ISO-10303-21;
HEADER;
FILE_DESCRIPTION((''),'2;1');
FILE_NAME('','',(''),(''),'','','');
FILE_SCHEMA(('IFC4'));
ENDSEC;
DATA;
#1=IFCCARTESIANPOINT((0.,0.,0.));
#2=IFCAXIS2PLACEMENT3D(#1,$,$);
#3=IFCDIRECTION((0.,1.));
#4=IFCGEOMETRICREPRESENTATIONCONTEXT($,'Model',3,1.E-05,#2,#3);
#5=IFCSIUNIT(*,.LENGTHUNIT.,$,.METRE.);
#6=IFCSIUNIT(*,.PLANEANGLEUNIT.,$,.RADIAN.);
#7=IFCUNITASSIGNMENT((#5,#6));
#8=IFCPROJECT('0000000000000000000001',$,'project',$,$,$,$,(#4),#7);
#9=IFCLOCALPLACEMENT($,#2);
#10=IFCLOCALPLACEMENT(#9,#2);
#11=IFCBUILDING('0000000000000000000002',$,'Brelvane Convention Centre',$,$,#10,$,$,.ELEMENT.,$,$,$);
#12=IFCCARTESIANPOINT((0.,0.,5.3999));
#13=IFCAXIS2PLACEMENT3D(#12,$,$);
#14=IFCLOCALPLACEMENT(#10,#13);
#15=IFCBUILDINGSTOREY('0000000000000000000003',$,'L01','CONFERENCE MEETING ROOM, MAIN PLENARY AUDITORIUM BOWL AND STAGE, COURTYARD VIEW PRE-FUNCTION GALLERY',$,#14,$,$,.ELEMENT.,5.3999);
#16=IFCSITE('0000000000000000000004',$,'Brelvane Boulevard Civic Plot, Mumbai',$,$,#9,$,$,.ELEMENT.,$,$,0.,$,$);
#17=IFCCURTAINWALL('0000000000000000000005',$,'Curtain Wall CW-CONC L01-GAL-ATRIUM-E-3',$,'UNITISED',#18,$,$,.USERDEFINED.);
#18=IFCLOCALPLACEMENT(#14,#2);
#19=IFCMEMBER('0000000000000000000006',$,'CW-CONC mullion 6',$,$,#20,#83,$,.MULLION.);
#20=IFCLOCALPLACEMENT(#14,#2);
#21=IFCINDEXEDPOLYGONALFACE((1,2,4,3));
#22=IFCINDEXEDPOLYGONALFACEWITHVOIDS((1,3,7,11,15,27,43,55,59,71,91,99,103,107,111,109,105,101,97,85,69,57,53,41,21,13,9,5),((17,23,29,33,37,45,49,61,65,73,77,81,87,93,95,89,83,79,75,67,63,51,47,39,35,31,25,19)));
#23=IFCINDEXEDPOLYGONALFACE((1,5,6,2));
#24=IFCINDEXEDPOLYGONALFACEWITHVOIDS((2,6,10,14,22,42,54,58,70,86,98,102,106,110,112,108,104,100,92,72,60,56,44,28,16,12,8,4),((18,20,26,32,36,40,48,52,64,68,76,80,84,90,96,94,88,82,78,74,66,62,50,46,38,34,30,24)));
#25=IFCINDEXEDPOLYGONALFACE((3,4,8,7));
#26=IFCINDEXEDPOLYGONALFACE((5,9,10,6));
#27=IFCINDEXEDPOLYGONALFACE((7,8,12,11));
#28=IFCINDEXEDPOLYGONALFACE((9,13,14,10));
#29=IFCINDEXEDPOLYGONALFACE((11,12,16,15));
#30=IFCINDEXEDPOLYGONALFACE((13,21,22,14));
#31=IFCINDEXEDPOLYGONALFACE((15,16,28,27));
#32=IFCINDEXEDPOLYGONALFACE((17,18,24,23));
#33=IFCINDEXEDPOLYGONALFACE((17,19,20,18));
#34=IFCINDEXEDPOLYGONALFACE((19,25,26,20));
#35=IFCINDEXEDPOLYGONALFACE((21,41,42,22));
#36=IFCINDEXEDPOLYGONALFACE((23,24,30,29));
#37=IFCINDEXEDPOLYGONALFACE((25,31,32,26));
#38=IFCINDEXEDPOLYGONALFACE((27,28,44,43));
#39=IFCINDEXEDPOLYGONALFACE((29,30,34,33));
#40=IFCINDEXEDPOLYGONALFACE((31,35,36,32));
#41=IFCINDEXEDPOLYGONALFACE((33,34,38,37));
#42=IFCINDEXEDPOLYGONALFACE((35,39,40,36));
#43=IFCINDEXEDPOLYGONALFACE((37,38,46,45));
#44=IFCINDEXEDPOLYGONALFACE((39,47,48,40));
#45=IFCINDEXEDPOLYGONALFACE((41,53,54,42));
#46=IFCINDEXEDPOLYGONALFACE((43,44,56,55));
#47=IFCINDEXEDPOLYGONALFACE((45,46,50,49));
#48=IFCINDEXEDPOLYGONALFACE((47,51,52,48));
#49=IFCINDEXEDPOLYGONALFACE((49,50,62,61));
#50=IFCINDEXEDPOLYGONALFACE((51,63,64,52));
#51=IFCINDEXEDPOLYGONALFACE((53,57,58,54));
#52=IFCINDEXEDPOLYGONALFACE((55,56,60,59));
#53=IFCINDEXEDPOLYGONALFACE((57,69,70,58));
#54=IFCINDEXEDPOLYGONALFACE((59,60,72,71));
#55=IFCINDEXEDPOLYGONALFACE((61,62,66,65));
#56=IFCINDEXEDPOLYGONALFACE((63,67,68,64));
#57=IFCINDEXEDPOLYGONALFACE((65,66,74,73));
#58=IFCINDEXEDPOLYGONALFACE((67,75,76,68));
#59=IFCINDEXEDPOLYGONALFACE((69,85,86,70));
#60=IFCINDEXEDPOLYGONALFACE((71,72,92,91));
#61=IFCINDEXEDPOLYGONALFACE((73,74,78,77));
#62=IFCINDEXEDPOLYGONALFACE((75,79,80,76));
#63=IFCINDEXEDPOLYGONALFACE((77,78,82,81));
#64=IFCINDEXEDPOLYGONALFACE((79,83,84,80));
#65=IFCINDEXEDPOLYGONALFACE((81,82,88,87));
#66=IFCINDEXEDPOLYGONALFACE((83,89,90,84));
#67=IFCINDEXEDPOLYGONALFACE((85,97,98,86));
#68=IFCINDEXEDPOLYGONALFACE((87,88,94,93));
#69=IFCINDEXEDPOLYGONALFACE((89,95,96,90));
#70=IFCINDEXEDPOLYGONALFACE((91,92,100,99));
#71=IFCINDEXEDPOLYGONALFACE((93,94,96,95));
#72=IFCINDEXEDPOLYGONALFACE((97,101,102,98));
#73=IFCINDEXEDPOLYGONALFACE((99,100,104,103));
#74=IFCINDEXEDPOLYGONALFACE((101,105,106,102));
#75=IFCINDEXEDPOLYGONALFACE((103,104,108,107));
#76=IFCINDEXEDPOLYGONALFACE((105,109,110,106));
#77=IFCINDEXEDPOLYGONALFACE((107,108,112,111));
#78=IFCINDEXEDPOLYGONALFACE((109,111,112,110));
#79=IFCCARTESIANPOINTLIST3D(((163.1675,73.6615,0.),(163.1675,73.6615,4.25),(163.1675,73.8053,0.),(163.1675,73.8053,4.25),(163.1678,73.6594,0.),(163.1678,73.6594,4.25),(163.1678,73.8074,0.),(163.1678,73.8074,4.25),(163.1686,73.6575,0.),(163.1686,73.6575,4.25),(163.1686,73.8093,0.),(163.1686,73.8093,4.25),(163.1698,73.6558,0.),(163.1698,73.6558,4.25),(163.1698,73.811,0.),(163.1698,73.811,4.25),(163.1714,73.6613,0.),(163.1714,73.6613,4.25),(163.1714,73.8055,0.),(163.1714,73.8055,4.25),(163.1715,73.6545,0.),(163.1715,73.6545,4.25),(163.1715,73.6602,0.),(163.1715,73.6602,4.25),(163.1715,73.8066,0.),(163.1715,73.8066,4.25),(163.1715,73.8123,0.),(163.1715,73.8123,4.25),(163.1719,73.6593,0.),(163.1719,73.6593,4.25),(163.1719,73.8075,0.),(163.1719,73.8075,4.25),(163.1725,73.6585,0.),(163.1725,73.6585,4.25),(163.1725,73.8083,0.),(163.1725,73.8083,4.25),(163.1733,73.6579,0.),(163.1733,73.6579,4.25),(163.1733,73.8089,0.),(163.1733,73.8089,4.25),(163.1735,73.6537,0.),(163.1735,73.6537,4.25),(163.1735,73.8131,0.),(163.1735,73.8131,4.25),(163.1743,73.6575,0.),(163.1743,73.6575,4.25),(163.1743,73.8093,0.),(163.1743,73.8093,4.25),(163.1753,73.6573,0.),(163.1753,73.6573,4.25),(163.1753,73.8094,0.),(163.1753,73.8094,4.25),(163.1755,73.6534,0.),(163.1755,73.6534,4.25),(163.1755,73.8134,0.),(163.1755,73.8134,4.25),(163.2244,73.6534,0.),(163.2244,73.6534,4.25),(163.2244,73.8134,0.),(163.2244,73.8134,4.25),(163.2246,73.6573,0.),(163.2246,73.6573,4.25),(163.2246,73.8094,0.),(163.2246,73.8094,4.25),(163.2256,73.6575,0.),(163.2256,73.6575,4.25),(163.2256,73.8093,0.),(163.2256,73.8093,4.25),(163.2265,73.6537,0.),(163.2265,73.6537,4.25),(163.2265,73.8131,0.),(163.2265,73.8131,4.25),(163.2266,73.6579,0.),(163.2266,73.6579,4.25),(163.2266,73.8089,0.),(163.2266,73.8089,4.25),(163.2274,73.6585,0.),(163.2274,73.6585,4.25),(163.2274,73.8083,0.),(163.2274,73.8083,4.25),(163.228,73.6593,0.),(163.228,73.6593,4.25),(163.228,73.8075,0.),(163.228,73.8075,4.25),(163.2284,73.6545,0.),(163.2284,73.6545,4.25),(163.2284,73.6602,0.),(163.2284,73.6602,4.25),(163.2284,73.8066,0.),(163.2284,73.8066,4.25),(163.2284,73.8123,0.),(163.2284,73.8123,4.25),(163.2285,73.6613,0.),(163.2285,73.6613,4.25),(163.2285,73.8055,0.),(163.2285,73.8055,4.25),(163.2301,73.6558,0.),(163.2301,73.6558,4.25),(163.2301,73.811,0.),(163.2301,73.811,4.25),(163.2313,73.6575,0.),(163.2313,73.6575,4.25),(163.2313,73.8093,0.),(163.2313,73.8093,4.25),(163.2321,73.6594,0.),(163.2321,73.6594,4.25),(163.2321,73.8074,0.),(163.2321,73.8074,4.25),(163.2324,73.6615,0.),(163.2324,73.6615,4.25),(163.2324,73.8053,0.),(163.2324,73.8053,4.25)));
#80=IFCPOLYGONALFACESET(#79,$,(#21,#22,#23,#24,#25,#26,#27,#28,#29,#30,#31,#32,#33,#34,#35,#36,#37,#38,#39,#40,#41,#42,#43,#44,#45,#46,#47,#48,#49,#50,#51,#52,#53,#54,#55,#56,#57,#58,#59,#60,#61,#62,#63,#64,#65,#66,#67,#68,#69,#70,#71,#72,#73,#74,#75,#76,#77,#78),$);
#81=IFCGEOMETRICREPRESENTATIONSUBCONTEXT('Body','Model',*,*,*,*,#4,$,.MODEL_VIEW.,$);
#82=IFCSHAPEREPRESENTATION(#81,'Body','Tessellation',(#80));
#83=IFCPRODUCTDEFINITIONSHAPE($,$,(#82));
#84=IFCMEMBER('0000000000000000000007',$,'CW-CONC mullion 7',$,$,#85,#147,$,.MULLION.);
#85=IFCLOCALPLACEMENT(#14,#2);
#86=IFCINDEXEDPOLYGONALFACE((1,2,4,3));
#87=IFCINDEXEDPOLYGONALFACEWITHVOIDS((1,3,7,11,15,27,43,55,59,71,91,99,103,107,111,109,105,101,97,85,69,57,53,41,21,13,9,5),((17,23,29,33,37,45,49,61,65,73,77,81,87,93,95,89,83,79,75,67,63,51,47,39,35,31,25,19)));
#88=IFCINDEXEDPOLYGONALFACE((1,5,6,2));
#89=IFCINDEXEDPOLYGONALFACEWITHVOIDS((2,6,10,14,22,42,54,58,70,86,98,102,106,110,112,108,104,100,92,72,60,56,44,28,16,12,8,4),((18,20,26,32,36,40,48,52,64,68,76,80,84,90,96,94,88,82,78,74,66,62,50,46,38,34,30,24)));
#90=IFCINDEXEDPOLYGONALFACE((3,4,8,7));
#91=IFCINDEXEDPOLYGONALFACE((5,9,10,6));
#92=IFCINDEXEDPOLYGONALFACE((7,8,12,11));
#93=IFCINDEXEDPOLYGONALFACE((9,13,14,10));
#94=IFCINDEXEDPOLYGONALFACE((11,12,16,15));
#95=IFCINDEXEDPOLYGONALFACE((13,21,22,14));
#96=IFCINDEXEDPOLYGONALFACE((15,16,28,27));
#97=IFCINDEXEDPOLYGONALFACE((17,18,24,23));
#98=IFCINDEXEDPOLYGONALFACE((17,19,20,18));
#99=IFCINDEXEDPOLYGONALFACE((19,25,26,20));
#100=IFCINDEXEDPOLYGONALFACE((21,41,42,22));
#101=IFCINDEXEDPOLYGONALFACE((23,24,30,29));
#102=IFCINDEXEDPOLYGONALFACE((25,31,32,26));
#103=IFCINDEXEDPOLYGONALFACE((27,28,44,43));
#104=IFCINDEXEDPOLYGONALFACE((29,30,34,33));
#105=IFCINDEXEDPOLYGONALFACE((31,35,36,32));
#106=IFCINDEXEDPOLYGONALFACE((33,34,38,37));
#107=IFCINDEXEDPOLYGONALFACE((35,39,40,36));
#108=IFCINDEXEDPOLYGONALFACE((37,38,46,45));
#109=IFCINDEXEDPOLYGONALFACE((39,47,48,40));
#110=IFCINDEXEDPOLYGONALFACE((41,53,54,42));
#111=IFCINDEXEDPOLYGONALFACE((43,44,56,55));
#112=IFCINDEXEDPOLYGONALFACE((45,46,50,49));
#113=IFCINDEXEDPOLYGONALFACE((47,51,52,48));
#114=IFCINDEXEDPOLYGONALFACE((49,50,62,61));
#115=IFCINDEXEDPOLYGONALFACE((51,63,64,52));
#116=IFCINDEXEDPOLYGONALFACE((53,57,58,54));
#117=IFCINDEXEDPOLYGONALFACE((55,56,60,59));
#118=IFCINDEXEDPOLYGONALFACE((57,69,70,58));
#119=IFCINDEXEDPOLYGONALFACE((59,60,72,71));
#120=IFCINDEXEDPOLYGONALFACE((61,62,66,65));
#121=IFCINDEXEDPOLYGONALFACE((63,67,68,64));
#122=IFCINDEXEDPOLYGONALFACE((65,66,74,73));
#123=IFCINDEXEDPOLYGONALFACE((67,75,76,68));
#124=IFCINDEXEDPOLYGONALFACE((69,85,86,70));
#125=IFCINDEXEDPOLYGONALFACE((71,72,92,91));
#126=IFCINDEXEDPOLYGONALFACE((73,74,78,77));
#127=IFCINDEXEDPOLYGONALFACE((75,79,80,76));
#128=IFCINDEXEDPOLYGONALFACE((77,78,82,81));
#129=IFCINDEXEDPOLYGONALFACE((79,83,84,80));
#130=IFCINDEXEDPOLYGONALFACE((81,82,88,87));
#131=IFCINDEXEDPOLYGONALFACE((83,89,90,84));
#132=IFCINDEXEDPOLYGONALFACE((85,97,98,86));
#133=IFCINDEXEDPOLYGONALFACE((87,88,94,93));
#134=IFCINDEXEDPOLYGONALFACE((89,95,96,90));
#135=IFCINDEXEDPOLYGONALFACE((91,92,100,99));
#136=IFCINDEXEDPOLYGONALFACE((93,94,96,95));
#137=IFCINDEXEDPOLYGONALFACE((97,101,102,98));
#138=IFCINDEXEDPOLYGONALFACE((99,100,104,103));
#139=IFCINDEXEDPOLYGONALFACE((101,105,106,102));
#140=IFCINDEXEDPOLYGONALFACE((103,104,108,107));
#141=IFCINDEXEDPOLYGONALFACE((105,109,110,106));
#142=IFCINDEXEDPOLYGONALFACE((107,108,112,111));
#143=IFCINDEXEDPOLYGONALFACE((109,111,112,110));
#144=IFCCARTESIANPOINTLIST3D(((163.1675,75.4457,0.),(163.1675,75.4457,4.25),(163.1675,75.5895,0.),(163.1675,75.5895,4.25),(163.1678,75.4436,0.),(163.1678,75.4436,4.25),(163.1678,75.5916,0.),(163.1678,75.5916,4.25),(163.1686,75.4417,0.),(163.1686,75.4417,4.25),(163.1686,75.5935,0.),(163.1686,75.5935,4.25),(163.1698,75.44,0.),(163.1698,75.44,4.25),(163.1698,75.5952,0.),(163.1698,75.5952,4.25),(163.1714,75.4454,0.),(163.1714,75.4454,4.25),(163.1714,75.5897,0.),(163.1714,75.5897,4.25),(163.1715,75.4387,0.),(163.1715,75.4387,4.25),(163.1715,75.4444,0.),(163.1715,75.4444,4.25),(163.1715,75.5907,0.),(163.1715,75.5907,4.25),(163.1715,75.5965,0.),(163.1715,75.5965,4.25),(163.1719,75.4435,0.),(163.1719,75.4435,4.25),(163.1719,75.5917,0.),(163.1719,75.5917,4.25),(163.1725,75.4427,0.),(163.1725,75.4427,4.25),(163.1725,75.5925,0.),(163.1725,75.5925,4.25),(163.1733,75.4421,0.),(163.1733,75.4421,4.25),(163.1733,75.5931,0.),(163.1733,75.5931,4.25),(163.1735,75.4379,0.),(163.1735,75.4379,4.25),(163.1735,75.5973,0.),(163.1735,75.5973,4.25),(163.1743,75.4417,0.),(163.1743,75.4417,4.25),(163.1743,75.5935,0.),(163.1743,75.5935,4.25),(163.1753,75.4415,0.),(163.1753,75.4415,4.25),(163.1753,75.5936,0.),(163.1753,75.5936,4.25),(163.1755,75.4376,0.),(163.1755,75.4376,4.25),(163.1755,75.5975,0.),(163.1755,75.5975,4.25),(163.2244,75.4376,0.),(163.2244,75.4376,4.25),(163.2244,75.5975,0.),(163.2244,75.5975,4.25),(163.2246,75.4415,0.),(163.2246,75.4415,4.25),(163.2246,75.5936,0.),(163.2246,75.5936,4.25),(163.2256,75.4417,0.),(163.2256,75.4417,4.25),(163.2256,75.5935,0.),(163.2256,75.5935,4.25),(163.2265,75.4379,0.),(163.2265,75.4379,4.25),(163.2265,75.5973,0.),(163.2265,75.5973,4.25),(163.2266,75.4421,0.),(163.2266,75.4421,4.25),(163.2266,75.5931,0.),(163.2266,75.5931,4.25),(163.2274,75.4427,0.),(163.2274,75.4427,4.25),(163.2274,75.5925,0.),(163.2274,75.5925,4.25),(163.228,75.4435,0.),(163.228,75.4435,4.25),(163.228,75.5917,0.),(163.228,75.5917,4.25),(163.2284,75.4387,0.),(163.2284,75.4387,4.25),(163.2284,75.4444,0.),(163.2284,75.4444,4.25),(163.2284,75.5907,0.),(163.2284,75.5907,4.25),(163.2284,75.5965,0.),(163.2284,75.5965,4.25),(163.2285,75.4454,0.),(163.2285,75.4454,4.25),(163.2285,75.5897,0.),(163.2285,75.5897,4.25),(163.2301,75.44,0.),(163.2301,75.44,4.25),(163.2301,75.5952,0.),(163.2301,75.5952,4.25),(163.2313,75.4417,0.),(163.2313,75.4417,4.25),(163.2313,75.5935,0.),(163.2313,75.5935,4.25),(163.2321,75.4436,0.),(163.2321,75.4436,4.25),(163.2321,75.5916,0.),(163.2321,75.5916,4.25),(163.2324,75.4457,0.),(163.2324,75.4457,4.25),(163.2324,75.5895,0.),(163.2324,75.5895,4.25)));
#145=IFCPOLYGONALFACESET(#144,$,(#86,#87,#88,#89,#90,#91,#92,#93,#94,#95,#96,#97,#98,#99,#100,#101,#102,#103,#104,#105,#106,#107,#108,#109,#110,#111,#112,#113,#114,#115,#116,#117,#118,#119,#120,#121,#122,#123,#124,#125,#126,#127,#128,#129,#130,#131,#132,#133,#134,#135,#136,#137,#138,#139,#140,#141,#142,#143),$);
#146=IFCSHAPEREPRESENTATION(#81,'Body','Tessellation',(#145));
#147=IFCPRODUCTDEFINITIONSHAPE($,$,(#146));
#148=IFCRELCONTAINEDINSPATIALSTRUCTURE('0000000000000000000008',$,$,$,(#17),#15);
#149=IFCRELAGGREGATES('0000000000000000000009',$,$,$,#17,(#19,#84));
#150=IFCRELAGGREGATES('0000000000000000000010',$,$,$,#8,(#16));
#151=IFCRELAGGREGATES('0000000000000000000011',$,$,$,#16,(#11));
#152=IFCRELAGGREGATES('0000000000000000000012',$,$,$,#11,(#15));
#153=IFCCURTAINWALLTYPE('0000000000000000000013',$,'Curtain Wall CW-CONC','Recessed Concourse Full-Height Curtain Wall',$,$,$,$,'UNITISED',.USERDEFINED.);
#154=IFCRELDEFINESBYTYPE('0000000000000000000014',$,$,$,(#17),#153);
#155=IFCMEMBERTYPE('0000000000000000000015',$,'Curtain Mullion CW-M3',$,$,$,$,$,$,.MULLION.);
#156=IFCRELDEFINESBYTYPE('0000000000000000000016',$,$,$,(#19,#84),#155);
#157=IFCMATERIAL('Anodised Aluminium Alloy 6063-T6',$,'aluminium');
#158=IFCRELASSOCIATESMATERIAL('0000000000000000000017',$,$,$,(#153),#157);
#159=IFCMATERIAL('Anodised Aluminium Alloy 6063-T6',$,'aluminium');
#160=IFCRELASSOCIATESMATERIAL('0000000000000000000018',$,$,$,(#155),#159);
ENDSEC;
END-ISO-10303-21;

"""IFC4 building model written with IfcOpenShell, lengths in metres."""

from ifc_helpers import new_model, si_unit, direction, frame, origin, origin_2d, place, context, subcontext, project, spatial, hollow_rectangle, extrude, material, material_profile, profile_set, type_object, element, aggregate, save


model = new_model("IFC4")

# Units and contexts
model_context = context("Model", 3, precision=1e-05, world=origin(), true_north=direction((0.0, 1.0)))
body_context = subcontext(model_context, "Body", "Model", "MODEL_VIEW")
ifc_project = project(units=[si_unit("LENGTHUNIT", "METRE"), si_unit("PLANEANGLEUNIT", "RADIAN")], contexts=[model_context])

# Site, building, storey
site_placement = place(None, origin())
site = spatial("IfcSite", under=ifc_project, at=site_placement, Name="Brelvane Boulevard Civic Plot, Mumbai", CompositionType="ELEMENT", RefElevation=0.0)
building_placement = place(site_placement, origin())
building = spatial("IfcBuilding", under=site, at=building_placement, Name="Brelvane Convention Centre", CompositionType="ELEMENT")
storey_placement = place(building_placement, frame((0.0, 0.0, 5.3999)))
storey = spatial("IfcBuildingStorey", under=building, at=storey_placement, Name="L01", Description="CONFERENCE MEETING ROOM, MAIN PLENARY AUDITORIUM BOWL AND STAGE, COURTYARD VIEW PRE-FUNCTION GALLERY", CompositionType="ELEMENT", Elevation=5.3999)

# Curtain wall, members
ifc_material_1 = material(Name="Anodised Aluminium Alloy 6063-T6", Category="aluminium")
curtain_wall_type = type_object("IfcCurtainWallType", Name="Curtain Wall CW-CONC", Description="Recessed Concourse Full-Height Curtain Wall", ElementType="UNITISED", PredefinedType="USERDEFINED", material=ifc_material_1)
curtain_wall_placement = place(storey_placement, origin())
curtain_wall = element("IfcCurtainWall", 1, at=curtain_wall_placement, inside=storey, type_object=curtain_wall_type, Name="Curtain Wall CW-CONC L01-GAL-ATRIUM-E-3", ObjectType="UNITISED", PredefinedType="USERDEFINED")
ifc_material_2 = material(Name="Anodised Aluminium Alloy 6063-T6", Category="aluminium")
ifc_material_profile_1 = material_profile(ifc_material_2, hollow_rectangle(XDim=0.0649, YDim=0.1599, WallThickness=0.0039, InnerFilletRadius=0.0039, OuterFilletRadius=0.0081, at=origin_2d()), Name="ALU-M 160x65x4.0")
ifc_profile_set_1 = profile_set([ifc_material_profile_1], Name="Anodised Aluminium Alloy 6063-T6")
member_type_1 = type_object("IfcMemberType", Name="Curtain Mullion CW-M3", PredefinedType="MULLION", material=ifc_profile_set_1)
member_1_placement = place(storey_placement, frame((163.2, 73.7334, 0.0), z_axis=(0.0, 0.0, 1.0), x_axis=(-1.0, 0.0, 0.0)))
member_1 = element("IfcMember", 2, at=member_1_placement, type_object=member_type_1, Name="CW-CONC mullion 6", PredefinedType="MULLION", context=body_context, shape_type="SweptSolid", body=[
    extrude(hollow_rectangle(XDim=0.0649, YDim=0.1599, WallThickness=0.0039, InnerFilletRadius=0.0039, OuterFilletRadius=0.0081, at=origin_2d()), origin(), (0.0, 0.0, 1.0), 4.25),
])
member_2_placement = place(storey_placement, frame((163.2, 75.5176, 0.0), z_axis=(0.0, 0.0, 1.0), x_axis=(-1.0, 0.0, 0.0)))
member_2 = element("IfcMember", 3, at=member_2_placement, type_object=member_type_1, Name="CW-CONC mullion 7", PredefinedType="MULLION", context=body_context, shape_type="SweptSolid", body=[
    extrude(hollow_rectangle(XDim=0.0649, YDim=0.1599, WallThickness=0.0039, InnerFilletRadius=0.0039, OuterFilletRadius=0.0081, at=origin_2d()), origin(), (0.0, 0.0, 1.0), 4.25),
])

aggregate(curtain_wall, [member_1, member_2])

save(model, "model.ifc")
